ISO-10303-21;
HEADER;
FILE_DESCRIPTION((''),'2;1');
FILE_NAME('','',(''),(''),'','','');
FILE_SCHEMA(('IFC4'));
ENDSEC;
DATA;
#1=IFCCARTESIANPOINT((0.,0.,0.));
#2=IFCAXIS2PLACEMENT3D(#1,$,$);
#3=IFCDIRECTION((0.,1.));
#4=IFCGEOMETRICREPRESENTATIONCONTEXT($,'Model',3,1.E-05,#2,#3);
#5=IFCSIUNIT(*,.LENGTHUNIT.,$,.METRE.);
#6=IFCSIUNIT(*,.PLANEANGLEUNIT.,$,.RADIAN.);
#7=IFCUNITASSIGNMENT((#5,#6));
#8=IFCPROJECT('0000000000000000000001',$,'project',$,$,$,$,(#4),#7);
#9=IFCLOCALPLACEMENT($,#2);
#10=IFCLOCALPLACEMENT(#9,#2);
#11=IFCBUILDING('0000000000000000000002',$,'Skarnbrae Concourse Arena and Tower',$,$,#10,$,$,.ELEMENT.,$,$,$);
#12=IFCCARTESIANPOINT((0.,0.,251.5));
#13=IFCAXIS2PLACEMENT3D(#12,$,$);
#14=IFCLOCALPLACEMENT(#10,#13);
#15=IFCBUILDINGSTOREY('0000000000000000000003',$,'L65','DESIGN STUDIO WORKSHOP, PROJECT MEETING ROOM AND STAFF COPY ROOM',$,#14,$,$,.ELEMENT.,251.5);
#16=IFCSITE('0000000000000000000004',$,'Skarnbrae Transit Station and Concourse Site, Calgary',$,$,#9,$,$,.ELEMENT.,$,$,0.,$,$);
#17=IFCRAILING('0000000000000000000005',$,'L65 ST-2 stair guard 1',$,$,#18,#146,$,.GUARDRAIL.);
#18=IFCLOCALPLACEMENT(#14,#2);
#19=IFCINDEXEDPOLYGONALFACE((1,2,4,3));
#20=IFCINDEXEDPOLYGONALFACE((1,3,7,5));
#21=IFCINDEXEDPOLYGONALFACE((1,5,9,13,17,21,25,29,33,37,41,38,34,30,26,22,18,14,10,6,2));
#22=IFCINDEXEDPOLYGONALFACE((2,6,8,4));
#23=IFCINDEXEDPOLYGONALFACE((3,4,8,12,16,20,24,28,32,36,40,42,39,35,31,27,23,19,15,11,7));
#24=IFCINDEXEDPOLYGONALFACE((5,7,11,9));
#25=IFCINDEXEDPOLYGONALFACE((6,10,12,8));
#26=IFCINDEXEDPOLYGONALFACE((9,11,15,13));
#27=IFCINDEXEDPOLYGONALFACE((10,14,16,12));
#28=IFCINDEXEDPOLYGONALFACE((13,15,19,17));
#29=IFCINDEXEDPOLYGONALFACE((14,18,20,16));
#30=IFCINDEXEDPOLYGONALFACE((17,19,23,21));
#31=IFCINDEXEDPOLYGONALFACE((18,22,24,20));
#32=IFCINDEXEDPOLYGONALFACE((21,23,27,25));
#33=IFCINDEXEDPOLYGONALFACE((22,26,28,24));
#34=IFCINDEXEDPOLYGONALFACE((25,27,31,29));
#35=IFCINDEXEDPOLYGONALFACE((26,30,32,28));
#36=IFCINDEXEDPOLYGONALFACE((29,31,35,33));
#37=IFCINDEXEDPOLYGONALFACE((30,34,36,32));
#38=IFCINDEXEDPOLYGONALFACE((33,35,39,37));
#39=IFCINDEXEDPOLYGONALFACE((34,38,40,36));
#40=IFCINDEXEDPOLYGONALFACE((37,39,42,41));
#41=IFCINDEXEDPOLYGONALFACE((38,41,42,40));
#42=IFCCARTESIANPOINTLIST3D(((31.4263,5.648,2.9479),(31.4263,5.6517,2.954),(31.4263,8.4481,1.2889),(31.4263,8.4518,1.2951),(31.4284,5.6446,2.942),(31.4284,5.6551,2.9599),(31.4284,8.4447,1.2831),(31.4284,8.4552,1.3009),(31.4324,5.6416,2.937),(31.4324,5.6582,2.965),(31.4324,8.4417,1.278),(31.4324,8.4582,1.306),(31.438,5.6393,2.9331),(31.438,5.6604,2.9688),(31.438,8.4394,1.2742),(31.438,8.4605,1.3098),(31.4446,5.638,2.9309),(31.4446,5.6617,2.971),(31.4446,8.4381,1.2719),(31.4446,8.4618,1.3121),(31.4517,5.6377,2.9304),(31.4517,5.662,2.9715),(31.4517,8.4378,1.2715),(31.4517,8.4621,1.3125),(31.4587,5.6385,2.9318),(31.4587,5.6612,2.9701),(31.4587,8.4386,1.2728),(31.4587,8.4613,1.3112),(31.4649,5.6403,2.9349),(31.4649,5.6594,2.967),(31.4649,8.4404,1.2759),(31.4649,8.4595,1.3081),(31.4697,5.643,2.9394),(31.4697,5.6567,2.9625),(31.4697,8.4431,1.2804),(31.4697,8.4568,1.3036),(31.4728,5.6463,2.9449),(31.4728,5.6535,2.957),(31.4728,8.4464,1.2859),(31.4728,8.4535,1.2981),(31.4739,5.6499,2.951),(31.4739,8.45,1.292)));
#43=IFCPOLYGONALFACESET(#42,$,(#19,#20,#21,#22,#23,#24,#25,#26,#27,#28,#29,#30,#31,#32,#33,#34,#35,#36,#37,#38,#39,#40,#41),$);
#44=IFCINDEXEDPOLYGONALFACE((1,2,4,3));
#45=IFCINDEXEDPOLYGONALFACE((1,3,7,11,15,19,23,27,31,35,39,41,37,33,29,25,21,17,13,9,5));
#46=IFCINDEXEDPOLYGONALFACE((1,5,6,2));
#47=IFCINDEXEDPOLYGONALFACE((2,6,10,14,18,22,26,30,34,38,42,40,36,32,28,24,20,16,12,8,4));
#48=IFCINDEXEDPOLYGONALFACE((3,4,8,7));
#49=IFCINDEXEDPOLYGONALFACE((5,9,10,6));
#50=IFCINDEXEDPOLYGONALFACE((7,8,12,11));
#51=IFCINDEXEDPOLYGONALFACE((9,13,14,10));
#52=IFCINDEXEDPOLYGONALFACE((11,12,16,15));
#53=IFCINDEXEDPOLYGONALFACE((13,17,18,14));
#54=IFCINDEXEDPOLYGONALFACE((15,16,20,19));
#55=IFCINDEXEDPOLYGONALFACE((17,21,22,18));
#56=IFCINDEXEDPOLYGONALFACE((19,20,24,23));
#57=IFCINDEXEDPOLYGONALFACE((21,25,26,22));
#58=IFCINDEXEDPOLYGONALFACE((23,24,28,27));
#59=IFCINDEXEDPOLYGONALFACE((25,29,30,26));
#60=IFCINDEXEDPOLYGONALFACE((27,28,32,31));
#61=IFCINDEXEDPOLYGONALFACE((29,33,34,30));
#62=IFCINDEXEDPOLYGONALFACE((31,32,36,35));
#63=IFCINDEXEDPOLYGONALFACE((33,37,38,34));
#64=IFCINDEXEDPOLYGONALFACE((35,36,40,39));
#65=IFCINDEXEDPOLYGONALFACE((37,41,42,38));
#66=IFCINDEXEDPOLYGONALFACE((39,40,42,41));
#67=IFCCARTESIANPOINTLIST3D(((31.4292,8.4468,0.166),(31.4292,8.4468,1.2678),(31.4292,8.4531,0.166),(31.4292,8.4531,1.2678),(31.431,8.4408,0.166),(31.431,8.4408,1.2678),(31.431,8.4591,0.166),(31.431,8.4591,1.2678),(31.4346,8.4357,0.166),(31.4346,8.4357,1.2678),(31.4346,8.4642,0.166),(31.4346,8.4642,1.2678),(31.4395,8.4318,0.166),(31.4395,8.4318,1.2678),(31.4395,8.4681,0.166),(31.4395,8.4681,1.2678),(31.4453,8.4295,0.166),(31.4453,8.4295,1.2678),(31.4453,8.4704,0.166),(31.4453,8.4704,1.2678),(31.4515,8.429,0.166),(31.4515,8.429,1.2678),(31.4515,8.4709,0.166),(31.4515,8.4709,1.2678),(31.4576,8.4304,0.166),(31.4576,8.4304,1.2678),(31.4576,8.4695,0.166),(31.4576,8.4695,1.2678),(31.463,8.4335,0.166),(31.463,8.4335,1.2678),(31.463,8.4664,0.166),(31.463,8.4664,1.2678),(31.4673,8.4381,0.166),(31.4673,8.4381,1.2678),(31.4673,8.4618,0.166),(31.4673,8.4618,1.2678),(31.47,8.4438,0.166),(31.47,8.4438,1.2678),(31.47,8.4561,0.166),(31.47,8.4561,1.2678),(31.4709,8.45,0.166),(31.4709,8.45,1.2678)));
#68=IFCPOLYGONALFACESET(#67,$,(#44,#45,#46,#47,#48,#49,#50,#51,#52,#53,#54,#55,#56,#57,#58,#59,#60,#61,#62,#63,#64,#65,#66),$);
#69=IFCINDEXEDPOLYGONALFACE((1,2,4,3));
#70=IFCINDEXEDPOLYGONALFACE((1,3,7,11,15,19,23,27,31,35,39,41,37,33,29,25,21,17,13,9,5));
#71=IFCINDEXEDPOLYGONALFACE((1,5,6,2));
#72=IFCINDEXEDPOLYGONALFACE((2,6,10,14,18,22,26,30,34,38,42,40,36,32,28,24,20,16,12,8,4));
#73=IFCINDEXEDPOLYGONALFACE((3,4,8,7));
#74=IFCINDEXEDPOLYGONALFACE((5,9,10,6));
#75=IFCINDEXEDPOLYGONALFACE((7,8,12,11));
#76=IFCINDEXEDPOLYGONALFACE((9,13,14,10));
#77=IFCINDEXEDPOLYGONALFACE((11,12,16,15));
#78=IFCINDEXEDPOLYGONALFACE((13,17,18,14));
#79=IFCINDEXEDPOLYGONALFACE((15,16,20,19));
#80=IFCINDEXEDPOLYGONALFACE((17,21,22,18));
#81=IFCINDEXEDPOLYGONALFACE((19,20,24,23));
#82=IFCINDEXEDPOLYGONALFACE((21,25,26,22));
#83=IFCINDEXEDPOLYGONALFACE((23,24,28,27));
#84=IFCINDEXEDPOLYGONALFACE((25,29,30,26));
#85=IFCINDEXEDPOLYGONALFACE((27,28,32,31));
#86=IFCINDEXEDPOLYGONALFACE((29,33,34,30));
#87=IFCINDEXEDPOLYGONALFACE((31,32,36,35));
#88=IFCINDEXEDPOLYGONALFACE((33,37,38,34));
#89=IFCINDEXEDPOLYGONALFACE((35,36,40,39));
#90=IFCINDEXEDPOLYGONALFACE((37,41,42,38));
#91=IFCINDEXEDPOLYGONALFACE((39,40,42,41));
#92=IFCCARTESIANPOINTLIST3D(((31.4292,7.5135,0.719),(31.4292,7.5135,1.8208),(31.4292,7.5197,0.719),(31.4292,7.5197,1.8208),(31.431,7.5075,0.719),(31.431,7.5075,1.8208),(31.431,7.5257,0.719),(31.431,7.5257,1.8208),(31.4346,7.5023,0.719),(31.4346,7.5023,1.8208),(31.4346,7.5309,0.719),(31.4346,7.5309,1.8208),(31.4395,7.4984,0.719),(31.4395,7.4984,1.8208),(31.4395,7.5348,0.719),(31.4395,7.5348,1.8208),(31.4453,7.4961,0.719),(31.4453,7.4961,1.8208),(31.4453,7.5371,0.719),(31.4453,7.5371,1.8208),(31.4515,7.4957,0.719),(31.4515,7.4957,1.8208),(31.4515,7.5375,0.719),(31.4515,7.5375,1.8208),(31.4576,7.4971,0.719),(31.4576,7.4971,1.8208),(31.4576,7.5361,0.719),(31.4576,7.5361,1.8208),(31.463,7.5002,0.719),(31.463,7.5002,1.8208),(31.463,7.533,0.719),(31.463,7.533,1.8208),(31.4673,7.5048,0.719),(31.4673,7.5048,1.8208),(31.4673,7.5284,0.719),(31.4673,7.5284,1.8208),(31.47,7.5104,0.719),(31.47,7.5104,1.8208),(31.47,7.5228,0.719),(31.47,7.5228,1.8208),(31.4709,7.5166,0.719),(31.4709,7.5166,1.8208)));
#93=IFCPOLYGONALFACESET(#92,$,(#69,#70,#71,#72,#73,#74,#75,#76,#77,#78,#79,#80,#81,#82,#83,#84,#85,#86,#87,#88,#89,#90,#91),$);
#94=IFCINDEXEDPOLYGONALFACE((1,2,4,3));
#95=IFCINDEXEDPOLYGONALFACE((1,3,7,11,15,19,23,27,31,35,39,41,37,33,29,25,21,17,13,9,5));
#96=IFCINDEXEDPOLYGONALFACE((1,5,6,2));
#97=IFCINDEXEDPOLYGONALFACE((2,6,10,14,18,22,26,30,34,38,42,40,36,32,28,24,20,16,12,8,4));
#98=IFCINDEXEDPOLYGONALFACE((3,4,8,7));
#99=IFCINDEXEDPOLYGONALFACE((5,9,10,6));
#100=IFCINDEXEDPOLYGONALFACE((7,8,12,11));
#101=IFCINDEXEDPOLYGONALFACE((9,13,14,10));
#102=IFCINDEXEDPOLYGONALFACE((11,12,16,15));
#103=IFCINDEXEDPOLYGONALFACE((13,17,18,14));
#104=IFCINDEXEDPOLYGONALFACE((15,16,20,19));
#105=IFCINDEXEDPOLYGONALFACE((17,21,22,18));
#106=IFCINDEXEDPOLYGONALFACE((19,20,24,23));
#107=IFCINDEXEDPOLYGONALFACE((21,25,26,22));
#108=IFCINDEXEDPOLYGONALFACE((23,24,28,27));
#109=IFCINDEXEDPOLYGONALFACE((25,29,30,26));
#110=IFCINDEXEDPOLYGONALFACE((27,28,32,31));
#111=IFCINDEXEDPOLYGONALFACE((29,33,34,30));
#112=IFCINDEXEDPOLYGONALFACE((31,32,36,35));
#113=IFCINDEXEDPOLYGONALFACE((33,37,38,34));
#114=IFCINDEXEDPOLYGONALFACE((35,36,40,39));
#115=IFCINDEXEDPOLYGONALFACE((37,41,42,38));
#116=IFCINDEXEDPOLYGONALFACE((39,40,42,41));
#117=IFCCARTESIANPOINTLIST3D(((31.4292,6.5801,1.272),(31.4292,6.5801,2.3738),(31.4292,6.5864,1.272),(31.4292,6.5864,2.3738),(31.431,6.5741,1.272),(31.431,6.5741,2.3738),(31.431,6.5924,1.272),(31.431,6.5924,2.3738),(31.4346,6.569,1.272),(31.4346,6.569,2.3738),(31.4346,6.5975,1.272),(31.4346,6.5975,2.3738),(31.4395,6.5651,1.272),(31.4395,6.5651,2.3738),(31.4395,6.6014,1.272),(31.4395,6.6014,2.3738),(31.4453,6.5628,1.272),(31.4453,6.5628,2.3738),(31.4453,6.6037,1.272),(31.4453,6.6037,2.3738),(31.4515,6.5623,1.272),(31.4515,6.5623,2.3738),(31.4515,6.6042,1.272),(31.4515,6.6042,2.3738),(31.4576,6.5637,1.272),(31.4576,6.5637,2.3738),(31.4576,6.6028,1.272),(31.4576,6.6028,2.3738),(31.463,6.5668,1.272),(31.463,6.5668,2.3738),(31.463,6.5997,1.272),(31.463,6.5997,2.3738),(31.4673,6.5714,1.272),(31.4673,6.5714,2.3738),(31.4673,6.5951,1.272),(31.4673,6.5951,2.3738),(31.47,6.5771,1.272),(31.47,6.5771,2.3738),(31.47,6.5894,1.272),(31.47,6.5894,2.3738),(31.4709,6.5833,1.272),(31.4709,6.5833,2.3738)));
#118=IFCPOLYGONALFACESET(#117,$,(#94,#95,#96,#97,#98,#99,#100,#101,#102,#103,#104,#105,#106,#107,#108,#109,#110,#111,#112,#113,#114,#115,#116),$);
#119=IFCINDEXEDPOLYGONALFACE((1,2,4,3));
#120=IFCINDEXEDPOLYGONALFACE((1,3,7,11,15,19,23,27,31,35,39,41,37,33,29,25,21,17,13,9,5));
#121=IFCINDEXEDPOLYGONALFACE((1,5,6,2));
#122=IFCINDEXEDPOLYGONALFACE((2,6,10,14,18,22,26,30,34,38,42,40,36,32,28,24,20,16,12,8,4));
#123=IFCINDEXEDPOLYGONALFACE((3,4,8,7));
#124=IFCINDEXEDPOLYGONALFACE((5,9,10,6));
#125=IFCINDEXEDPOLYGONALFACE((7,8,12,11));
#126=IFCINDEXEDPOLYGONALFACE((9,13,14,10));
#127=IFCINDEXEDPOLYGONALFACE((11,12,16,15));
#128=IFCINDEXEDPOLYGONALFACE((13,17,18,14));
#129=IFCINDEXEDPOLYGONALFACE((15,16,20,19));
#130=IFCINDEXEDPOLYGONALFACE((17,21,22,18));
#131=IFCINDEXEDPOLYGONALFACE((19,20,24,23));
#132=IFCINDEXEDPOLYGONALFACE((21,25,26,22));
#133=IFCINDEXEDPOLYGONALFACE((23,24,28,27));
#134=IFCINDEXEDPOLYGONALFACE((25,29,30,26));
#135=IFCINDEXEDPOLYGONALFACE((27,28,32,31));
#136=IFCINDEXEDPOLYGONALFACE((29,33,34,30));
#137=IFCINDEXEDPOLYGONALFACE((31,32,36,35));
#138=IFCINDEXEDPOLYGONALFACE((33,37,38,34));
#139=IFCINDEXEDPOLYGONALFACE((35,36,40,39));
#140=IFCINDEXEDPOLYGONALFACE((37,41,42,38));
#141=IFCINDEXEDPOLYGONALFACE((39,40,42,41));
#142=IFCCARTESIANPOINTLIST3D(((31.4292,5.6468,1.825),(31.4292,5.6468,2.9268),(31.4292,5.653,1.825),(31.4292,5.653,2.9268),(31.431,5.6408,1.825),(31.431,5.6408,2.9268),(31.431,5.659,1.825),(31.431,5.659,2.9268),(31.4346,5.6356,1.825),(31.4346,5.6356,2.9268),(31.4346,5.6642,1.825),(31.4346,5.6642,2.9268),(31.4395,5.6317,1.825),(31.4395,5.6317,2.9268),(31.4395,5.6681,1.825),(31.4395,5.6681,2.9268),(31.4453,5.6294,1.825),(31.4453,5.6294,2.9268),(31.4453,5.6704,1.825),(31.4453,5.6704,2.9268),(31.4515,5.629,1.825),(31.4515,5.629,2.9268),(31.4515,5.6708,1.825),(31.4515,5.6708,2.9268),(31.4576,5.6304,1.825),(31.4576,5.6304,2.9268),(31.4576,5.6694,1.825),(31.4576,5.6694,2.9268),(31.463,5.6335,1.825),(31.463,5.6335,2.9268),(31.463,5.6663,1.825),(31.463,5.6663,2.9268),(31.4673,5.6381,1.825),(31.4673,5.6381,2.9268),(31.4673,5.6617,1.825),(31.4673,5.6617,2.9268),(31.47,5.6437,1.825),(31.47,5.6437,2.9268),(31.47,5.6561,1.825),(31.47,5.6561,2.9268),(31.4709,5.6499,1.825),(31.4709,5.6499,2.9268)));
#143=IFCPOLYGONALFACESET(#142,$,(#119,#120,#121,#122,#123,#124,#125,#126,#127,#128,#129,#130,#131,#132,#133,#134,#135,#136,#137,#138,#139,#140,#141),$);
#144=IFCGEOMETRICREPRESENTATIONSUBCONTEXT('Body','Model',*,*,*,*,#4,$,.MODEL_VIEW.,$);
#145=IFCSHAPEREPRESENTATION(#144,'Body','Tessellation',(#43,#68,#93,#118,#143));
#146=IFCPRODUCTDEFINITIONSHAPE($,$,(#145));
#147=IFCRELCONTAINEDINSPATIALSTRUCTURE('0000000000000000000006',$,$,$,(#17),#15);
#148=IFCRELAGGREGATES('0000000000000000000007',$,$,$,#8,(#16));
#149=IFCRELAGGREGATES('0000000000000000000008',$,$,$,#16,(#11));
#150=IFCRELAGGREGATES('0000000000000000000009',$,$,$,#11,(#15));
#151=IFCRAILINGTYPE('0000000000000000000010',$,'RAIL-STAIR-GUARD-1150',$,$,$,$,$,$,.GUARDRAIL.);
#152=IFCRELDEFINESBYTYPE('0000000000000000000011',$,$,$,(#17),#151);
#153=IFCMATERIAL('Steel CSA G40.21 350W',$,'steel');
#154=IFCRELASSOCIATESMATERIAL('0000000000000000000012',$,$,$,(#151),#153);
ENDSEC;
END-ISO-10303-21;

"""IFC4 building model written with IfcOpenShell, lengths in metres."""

from ifc_helpers import new_model, si_unit, direction, frame, origin, origin_2d, place, context, subcontext, project, spatial, circle, extrude, material, type_object, element, save


model = new_model("IFC4")

# Units and contexts
model_context = context("Model", 3, precision=1e-05, world=origin(), true_north=direction((0.0, 1.0)))
body_context = subcontext(model_context, "Body", "Model", "MODEL_VIEW")
ifc_project = project(units=[si_unit("LENGTHUNIT", "METRE"), si_unit("PLANEANGLEUNIT", "RADIAN")], contexts=[model_context])

# Site, building, storey
site_placement = place(None, origin())
site = spatial("IfcSite", under=ifc_project, at=site_placement, Name="Skarnbrae Transit Station and Concourse Site, Calgary", CompositionType="ELEMENT", RefElevation=0.0)
building_placement = place(site_placement, origin())
building = spatial("IfcBuilding", under=site, at=building_placement, Name="Skarnbrae Concourse Arena and Tower", CompositionType="ELEMENT")
storey_placement = place(building_placement, frame((0.0, 0.0, 251.5)))
storey = spatial("IfcBuildingStorey", under=building, at=storey_placement, Name="L65", Description="DESIGN STUDIO WORKSHOP, PROJECT MEETING ROOM AND STAFF COPY ROOM", CompositionType="ELEMENT", Elevation=251.5)

# Shared definitions
ifc_material_1 = material(Name="Steel CSA G40.21 350W", Category="steel")

# Railing
railing_type = type_object("IfcRailingType", Name="RAIL-STAIR-GUARD-1150", PredefinedType="GUARDRAIL", material=ifc_material_1)
railing_1_placement = place(storey_placement, frame((31.45, 8.45, 0.166)))
element("IfcRailing", 1, at=railing_1_placement, inside=storey, type_object=railing_type, Name="L65 ST-2 stair guard 1", PredefinedType="GUARDRAIL", context=body_context, shape_type="SweptSolid", body=[
    extrude(circle(Radius=0.0239, at=origin_2d()), frame((0.0, 0.0, 1.126), z_axis=(0.0, -0.860339, 0.509722), x_axis=(1.0, 0.0, 0.0)), (0.0, 0.0, 1.0), 3.2546),
    extrude(circle(Radius=0.021, at=origin_2d()), origin(), (0.0, 0.0, 1.0), 1.1018),
    extrude(circle(Radius=0.021, at=origin_2d()), frame((0.0, -0.9333, 0.553)), (0.0, 0.0, 1.0), 1.1018),
    extrude(circle(Radius=0.021, at=origin_2d()), frame((0.0, -1.8667, 1.106)), (0.0, 0.0, 1.0), 1.1018),
    extrude(circle(Radius=0.021, at=origin_2d()), frame((0.0, -2.8, 1.6589)), (0.0, 0.0, 1.0), 1.1018),
])

save(model, "model.ifc")
